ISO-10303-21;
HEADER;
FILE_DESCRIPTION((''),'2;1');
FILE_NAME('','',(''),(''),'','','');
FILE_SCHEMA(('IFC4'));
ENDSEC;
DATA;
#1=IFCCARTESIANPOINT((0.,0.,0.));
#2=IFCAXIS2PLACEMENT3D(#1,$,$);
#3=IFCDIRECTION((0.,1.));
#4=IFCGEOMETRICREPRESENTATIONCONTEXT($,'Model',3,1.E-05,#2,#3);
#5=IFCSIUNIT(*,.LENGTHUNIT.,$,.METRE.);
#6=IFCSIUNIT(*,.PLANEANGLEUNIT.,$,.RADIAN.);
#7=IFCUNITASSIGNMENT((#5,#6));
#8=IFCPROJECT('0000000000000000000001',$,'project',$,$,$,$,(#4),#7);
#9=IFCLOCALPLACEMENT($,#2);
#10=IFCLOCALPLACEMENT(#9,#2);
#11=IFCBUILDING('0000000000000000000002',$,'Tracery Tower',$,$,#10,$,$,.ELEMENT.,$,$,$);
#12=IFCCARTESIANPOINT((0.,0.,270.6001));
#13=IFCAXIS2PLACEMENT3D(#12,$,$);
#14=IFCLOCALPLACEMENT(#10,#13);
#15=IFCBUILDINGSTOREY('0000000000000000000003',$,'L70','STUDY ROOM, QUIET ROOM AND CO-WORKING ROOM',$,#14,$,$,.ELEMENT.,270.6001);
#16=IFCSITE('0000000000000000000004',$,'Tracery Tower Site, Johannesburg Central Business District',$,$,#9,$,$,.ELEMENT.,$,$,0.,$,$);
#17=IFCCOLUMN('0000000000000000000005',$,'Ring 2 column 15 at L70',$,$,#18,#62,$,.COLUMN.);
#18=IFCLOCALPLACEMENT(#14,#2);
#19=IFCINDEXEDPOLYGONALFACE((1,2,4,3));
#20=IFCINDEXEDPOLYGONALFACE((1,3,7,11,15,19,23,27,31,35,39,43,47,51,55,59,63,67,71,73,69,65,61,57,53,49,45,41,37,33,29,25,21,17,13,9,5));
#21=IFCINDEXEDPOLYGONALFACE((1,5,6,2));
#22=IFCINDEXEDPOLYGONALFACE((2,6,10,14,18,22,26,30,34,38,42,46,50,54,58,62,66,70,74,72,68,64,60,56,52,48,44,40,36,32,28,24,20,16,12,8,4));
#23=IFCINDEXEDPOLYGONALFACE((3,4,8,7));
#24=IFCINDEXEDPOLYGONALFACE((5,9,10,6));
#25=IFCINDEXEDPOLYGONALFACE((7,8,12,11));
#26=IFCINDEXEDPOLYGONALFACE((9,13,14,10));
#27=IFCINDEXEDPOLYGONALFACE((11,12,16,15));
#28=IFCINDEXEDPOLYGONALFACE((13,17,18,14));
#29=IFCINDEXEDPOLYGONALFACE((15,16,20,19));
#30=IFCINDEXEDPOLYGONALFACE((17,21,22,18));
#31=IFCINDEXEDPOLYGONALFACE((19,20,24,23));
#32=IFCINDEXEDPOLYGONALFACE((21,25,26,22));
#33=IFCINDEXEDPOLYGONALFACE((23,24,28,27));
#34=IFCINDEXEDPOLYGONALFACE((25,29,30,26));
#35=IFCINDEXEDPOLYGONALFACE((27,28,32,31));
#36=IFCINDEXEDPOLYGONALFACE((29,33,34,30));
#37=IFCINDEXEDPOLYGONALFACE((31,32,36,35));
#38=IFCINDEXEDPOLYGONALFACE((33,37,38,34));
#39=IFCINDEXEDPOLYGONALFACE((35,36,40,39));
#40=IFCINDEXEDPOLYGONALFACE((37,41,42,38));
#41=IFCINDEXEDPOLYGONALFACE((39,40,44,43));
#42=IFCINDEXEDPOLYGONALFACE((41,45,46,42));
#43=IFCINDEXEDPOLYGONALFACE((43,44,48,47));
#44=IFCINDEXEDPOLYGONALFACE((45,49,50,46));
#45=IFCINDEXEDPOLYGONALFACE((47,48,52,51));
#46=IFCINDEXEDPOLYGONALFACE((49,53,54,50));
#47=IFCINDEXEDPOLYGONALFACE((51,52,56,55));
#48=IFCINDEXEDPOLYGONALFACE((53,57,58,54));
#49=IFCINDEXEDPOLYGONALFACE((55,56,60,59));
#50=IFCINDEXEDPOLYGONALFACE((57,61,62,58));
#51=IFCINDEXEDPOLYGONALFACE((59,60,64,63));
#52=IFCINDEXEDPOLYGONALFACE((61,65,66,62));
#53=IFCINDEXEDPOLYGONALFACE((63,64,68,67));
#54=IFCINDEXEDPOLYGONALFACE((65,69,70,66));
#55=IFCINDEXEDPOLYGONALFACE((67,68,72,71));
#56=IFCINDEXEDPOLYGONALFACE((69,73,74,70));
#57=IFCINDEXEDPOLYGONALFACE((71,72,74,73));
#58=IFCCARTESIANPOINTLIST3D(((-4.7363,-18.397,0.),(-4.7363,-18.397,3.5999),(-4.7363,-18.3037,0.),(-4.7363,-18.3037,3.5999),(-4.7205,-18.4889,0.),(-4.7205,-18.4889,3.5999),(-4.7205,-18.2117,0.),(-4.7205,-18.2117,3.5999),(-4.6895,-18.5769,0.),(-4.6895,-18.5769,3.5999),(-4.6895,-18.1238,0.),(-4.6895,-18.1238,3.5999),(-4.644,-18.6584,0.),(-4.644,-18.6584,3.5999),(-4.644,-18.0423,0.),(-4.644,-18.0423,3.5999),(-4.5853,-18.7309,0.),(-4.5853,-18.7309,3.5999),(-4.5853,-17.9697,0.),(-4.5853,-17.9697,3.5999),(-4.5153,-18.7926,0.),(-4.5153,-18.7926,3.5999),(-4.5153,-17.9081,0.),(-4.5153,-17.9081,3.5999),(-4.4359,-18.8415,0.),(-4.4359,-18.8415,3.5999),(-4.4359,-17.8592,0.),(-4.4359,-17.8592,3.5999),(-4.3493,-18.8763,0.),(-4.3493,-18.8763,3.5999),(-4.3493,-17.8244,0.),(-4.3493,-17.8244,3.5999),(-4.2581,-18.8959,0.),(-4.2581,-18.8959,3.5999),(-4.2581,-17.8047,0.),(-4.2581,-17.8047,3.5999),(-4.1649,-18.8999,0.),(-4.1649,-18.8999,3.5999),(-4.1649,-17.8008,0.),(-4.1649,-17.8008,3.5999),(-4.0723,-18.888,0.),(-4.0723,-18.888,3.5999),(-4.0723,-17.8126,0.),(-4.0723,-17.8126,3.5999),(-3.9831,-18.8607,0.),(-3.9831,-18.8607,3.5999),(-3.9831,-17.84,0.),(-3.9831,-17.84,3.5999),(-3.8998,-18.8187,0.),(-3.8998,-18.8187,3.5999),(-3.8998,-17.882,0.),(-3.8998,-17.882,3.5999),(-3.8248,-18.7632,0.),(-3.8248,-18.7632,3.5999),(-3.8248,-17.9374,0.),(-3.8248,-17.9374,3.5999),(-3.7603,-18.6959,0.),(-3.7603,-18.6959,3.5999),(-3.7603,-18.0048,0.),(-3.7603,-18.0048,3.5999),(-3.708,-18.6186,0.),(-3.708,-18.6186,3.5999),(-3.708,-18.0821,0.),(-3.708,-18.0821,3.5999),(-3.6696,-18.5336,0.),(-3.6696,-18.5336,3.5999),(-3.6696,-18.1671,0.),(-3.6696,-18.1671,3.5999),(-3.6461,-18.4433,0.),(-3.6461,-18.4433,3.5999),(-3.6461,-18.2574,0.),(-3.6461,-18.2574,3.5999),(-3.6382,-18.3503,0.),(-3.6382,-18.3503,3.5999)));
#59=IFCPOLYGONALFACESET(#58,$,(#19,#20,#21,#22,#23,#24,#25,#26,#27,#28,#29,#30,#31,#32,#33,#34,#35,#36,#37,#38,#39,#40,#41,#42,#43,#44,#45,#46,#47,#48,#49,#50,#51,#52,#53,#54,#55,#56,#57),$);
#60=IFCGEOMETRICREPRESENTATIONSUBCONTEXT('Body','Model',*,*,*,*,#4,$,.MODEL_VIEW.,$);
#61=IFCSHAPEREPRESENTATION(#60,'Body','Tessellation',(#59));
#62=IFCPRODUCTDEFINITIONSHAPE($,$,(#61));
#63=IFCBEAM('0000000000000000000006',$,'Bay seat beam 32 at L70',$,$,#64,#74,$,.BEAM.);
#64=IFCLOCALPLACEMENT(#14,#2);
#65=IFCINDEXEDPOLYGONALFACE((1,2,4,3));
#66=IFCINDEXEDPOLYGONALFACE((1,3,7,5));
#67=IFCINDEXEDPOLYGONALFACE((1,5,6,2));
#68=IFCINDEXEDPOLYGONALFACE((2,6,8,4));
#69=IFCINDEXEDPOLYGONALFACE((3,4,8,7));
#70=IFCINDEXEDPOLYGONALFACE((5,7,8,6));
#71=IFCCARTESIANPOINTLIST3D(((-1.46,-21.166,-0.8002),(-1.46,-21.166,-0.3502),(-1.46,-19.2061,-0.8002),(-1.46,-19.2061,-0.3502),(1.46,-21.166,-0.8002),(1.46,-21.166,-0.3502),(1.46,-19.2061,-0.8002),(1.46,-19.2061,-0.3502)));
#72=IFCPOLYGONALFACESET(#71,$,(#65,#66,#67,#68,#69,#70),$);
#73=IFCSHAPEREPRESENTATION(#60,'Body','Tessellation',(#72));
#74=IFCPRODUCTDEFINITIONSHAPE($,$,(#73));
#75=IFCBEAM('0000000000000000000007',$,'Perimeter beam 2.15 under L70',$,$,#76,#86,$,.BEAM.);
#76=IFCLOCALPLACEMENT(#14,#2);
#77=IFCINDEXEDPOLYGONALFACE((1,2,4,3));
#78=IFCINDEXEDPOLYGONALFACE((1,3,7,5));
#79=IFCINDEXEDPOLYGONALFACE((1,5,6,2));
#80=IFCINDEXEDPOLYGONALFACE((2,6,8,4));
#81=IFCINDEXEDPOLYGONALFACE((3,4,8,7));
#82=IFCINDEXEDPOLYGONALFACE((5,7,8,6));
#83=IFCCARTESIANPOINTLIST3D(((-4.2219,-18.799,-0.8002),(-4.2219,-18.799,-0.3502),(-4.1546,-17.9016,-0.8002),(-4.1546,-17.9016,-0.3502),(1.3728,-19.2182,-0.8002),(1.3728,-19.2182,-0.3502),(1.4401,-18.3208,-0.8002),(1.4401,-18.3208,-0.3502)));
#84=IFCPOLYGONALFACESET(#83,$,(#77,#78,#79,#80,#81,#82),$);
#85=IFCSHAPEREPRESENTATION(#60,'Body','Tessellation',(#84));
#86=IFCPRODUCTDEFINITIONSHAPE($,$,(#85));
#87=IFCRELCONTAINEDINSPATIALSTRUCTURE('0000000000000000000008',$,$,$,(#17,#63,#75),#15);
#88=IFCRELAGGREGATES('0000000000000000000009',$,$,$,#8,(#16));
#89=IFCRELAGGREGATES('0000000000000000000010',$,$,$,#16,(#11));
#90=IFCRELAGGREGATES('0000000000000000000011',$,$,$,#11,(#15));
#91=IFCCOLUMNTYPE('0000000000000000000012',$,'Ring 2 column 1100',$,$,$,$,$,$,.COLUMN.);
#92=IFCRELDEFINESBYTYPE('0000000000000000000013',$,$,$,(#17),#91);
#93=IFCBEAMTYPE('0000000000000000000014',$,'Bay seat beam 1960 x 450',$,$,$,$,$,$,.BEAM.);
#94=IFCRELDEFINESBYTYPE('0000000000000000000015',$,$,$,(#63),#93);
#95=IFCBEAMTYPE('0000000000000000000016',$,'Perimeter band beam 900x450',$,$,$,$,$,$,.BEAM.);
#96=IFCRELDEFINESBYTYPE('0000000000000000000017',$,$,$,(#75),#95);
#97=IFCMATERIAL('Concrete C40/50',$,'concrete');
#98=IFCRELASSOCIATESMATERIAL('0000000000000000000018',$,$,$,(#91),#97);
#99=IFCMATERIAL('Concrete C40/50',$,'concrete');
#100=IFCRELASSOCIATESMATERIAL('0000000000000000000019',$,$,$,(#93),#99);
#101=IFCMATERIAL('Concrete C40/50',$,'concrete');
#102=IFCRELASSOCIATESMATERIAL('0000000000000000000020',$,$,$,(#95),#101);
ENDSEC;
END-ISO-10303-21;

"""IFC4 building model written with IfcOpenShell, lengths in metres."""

from ifc_helpers import new_model, si_unit, direction, frame, origin, origin_2d, place, context, subcontext, project, spatial, rectangle, circle, extrude, material, material_profile, profile_set, type_object, element, save


model = new_model("IFC4")

# Units and contexts
model_context = context("Model", 3, precision=1e-05, world=origin(), true_north=direction((0.0, 1.0)))
body_context = subcontext(model_context, "Body", "Model", "MODEL_VIEW")
ifc_project = project(units=[si_unit("LENGTHUNIT", "METRE"), si_unit("PLANEANGLEUNIT", "RADIAN")], contexts=[model_context])

# Site, building, storey
site_placement = place(None, origin())
site = spatial("IfcSite", under=ifc_project, at=site_placement, Name="Tracery Tower Site, Johannesburg Central Business District", CompositionType="ELEMENT", RefElevation=0.0)
building_placement = place(site_placement, origin())
building = spatial("IfcBuilding", under=site, at=building_placement, Name="Tracery Tower", CompositionType="ELEMENT")
storey_placement = place(building_placement, frame((0.0, 0.0, 270.6001)))
storey = spatial("IfcBuildingStorey", under=building, at=storey_placement, Name="L70", Description="STUDY ROOM, QUIET ROOM AND CO-WORKING ROOM", CompositionType="ELEMENT", Elevation=270.6001)

# Column
ifc_material_1 = material(Name="Concrete C40/50", Category="concrete")
ifc_material_profile_1 = material_profile(ifc_material_1, circle(Radius=0.55, at=origin_2d()), Name="RC D1100")
ifc_profile_set_1 = profile_set([ifc_material_profile_1], Name="Concrete C40/50")
column_type = type_object("IfcColumnType", Name="Ring 2 column 1100", PredefinedType="COLUMN", material=ifc_profile_set_1)
column_placement = place(storey_placement, frame((-4.1882, -18.3503, 0.0), z_axis=(0.0, 0.0, 1.0), x_axis=(1.0, 0.0, 0.0)))
element("IfcColumn", 1, at=column_placement, inside=storey, type_object=column_type, Name="Ring 2 column 15 at L70", PredefinedType="COLUMN", context=body_context, shape_type="SweptSolid", body=[
    extrude(circle(Radius=0.55, at=origin_2d()), origin(), (0.0, 0.0, 1.0), 3.5999),
])

# Beams
ifc_material_2 = material(Name="Concrete C40/50", Category="concrete")
ifc_material_profile_2 = material_profile(ifc_material_2, rectangle(XDim=1.96, YDim=0.45, at=origin_2d()), Name="RC 1960x450")
ifc_profile_set_2 = profile_set([ifc_material_profile_2], Name="Concrete C40/50")
beam_type_1 = type_object("IfcBeamType", Name="Bay seat beam 1960 x 450", PredefinedType="BEAM", material=ifc_profile_set_2)
beam_1_placement = place(storey_placement, frame((-1.46, -20.186, -0.5752), z_axis=(1.0, 0.0, 0.0), x_axis=(0.0, 1.0, 0.0)))
element("IfcBeam", 2, at=beam_1_placement, inside=storey, type_object=beam_type_1, Name="Bay seat beam 32 at L70", PredefinedType="BEAM", context=body_context, shape_type="SweptSolid", body=[
    extrude(rectangle(XDim=1.96, YDim=0.45, at=origin_2d()), origin(), (0.0, 0.0, 1.0), 2.9199),
])
ifc_material_3 = material(Name="Concrete C40/50", Category="concrete")
ifc_material_profile_3 = material_profile(ifc_material_3, rectangle(XDim=0.8999, YDim=0.45, at=origin_2d()), Name="RC 900x450")
ifc_profile_set_3 = profile_set([ifc_material_profile_3], Name="Concrete C40/50")
beam_type_2 = type_object("IfcBeamType", Name="Perimeter band beam 900x450", PredefinedType="BEAM", material=ifc_profile_set_3)
beam_2_placement = place(storey_placement, frame((-4.1882, -18.3503, -0.5752), z_axis=(0.997205, -0.074716, 0.0), x_axis=(0.074716, 0.997205, 0.0)))
element("IfcBeam", 3, at=beam_2_placement, inside=storey, type_object=beam_type_2, Name="Perimeter beam 2.15 under L70", PredefinedType="BEAM", context=body_context, shape_type="SweptSolid", body=[
    extrude(rectangle(XDim=0.8999, YDim=0.45, at=origin_2d()), origin(), (0.0, 0.0, 1.0), 5.6104),
])

save(model, "model.ifc")
